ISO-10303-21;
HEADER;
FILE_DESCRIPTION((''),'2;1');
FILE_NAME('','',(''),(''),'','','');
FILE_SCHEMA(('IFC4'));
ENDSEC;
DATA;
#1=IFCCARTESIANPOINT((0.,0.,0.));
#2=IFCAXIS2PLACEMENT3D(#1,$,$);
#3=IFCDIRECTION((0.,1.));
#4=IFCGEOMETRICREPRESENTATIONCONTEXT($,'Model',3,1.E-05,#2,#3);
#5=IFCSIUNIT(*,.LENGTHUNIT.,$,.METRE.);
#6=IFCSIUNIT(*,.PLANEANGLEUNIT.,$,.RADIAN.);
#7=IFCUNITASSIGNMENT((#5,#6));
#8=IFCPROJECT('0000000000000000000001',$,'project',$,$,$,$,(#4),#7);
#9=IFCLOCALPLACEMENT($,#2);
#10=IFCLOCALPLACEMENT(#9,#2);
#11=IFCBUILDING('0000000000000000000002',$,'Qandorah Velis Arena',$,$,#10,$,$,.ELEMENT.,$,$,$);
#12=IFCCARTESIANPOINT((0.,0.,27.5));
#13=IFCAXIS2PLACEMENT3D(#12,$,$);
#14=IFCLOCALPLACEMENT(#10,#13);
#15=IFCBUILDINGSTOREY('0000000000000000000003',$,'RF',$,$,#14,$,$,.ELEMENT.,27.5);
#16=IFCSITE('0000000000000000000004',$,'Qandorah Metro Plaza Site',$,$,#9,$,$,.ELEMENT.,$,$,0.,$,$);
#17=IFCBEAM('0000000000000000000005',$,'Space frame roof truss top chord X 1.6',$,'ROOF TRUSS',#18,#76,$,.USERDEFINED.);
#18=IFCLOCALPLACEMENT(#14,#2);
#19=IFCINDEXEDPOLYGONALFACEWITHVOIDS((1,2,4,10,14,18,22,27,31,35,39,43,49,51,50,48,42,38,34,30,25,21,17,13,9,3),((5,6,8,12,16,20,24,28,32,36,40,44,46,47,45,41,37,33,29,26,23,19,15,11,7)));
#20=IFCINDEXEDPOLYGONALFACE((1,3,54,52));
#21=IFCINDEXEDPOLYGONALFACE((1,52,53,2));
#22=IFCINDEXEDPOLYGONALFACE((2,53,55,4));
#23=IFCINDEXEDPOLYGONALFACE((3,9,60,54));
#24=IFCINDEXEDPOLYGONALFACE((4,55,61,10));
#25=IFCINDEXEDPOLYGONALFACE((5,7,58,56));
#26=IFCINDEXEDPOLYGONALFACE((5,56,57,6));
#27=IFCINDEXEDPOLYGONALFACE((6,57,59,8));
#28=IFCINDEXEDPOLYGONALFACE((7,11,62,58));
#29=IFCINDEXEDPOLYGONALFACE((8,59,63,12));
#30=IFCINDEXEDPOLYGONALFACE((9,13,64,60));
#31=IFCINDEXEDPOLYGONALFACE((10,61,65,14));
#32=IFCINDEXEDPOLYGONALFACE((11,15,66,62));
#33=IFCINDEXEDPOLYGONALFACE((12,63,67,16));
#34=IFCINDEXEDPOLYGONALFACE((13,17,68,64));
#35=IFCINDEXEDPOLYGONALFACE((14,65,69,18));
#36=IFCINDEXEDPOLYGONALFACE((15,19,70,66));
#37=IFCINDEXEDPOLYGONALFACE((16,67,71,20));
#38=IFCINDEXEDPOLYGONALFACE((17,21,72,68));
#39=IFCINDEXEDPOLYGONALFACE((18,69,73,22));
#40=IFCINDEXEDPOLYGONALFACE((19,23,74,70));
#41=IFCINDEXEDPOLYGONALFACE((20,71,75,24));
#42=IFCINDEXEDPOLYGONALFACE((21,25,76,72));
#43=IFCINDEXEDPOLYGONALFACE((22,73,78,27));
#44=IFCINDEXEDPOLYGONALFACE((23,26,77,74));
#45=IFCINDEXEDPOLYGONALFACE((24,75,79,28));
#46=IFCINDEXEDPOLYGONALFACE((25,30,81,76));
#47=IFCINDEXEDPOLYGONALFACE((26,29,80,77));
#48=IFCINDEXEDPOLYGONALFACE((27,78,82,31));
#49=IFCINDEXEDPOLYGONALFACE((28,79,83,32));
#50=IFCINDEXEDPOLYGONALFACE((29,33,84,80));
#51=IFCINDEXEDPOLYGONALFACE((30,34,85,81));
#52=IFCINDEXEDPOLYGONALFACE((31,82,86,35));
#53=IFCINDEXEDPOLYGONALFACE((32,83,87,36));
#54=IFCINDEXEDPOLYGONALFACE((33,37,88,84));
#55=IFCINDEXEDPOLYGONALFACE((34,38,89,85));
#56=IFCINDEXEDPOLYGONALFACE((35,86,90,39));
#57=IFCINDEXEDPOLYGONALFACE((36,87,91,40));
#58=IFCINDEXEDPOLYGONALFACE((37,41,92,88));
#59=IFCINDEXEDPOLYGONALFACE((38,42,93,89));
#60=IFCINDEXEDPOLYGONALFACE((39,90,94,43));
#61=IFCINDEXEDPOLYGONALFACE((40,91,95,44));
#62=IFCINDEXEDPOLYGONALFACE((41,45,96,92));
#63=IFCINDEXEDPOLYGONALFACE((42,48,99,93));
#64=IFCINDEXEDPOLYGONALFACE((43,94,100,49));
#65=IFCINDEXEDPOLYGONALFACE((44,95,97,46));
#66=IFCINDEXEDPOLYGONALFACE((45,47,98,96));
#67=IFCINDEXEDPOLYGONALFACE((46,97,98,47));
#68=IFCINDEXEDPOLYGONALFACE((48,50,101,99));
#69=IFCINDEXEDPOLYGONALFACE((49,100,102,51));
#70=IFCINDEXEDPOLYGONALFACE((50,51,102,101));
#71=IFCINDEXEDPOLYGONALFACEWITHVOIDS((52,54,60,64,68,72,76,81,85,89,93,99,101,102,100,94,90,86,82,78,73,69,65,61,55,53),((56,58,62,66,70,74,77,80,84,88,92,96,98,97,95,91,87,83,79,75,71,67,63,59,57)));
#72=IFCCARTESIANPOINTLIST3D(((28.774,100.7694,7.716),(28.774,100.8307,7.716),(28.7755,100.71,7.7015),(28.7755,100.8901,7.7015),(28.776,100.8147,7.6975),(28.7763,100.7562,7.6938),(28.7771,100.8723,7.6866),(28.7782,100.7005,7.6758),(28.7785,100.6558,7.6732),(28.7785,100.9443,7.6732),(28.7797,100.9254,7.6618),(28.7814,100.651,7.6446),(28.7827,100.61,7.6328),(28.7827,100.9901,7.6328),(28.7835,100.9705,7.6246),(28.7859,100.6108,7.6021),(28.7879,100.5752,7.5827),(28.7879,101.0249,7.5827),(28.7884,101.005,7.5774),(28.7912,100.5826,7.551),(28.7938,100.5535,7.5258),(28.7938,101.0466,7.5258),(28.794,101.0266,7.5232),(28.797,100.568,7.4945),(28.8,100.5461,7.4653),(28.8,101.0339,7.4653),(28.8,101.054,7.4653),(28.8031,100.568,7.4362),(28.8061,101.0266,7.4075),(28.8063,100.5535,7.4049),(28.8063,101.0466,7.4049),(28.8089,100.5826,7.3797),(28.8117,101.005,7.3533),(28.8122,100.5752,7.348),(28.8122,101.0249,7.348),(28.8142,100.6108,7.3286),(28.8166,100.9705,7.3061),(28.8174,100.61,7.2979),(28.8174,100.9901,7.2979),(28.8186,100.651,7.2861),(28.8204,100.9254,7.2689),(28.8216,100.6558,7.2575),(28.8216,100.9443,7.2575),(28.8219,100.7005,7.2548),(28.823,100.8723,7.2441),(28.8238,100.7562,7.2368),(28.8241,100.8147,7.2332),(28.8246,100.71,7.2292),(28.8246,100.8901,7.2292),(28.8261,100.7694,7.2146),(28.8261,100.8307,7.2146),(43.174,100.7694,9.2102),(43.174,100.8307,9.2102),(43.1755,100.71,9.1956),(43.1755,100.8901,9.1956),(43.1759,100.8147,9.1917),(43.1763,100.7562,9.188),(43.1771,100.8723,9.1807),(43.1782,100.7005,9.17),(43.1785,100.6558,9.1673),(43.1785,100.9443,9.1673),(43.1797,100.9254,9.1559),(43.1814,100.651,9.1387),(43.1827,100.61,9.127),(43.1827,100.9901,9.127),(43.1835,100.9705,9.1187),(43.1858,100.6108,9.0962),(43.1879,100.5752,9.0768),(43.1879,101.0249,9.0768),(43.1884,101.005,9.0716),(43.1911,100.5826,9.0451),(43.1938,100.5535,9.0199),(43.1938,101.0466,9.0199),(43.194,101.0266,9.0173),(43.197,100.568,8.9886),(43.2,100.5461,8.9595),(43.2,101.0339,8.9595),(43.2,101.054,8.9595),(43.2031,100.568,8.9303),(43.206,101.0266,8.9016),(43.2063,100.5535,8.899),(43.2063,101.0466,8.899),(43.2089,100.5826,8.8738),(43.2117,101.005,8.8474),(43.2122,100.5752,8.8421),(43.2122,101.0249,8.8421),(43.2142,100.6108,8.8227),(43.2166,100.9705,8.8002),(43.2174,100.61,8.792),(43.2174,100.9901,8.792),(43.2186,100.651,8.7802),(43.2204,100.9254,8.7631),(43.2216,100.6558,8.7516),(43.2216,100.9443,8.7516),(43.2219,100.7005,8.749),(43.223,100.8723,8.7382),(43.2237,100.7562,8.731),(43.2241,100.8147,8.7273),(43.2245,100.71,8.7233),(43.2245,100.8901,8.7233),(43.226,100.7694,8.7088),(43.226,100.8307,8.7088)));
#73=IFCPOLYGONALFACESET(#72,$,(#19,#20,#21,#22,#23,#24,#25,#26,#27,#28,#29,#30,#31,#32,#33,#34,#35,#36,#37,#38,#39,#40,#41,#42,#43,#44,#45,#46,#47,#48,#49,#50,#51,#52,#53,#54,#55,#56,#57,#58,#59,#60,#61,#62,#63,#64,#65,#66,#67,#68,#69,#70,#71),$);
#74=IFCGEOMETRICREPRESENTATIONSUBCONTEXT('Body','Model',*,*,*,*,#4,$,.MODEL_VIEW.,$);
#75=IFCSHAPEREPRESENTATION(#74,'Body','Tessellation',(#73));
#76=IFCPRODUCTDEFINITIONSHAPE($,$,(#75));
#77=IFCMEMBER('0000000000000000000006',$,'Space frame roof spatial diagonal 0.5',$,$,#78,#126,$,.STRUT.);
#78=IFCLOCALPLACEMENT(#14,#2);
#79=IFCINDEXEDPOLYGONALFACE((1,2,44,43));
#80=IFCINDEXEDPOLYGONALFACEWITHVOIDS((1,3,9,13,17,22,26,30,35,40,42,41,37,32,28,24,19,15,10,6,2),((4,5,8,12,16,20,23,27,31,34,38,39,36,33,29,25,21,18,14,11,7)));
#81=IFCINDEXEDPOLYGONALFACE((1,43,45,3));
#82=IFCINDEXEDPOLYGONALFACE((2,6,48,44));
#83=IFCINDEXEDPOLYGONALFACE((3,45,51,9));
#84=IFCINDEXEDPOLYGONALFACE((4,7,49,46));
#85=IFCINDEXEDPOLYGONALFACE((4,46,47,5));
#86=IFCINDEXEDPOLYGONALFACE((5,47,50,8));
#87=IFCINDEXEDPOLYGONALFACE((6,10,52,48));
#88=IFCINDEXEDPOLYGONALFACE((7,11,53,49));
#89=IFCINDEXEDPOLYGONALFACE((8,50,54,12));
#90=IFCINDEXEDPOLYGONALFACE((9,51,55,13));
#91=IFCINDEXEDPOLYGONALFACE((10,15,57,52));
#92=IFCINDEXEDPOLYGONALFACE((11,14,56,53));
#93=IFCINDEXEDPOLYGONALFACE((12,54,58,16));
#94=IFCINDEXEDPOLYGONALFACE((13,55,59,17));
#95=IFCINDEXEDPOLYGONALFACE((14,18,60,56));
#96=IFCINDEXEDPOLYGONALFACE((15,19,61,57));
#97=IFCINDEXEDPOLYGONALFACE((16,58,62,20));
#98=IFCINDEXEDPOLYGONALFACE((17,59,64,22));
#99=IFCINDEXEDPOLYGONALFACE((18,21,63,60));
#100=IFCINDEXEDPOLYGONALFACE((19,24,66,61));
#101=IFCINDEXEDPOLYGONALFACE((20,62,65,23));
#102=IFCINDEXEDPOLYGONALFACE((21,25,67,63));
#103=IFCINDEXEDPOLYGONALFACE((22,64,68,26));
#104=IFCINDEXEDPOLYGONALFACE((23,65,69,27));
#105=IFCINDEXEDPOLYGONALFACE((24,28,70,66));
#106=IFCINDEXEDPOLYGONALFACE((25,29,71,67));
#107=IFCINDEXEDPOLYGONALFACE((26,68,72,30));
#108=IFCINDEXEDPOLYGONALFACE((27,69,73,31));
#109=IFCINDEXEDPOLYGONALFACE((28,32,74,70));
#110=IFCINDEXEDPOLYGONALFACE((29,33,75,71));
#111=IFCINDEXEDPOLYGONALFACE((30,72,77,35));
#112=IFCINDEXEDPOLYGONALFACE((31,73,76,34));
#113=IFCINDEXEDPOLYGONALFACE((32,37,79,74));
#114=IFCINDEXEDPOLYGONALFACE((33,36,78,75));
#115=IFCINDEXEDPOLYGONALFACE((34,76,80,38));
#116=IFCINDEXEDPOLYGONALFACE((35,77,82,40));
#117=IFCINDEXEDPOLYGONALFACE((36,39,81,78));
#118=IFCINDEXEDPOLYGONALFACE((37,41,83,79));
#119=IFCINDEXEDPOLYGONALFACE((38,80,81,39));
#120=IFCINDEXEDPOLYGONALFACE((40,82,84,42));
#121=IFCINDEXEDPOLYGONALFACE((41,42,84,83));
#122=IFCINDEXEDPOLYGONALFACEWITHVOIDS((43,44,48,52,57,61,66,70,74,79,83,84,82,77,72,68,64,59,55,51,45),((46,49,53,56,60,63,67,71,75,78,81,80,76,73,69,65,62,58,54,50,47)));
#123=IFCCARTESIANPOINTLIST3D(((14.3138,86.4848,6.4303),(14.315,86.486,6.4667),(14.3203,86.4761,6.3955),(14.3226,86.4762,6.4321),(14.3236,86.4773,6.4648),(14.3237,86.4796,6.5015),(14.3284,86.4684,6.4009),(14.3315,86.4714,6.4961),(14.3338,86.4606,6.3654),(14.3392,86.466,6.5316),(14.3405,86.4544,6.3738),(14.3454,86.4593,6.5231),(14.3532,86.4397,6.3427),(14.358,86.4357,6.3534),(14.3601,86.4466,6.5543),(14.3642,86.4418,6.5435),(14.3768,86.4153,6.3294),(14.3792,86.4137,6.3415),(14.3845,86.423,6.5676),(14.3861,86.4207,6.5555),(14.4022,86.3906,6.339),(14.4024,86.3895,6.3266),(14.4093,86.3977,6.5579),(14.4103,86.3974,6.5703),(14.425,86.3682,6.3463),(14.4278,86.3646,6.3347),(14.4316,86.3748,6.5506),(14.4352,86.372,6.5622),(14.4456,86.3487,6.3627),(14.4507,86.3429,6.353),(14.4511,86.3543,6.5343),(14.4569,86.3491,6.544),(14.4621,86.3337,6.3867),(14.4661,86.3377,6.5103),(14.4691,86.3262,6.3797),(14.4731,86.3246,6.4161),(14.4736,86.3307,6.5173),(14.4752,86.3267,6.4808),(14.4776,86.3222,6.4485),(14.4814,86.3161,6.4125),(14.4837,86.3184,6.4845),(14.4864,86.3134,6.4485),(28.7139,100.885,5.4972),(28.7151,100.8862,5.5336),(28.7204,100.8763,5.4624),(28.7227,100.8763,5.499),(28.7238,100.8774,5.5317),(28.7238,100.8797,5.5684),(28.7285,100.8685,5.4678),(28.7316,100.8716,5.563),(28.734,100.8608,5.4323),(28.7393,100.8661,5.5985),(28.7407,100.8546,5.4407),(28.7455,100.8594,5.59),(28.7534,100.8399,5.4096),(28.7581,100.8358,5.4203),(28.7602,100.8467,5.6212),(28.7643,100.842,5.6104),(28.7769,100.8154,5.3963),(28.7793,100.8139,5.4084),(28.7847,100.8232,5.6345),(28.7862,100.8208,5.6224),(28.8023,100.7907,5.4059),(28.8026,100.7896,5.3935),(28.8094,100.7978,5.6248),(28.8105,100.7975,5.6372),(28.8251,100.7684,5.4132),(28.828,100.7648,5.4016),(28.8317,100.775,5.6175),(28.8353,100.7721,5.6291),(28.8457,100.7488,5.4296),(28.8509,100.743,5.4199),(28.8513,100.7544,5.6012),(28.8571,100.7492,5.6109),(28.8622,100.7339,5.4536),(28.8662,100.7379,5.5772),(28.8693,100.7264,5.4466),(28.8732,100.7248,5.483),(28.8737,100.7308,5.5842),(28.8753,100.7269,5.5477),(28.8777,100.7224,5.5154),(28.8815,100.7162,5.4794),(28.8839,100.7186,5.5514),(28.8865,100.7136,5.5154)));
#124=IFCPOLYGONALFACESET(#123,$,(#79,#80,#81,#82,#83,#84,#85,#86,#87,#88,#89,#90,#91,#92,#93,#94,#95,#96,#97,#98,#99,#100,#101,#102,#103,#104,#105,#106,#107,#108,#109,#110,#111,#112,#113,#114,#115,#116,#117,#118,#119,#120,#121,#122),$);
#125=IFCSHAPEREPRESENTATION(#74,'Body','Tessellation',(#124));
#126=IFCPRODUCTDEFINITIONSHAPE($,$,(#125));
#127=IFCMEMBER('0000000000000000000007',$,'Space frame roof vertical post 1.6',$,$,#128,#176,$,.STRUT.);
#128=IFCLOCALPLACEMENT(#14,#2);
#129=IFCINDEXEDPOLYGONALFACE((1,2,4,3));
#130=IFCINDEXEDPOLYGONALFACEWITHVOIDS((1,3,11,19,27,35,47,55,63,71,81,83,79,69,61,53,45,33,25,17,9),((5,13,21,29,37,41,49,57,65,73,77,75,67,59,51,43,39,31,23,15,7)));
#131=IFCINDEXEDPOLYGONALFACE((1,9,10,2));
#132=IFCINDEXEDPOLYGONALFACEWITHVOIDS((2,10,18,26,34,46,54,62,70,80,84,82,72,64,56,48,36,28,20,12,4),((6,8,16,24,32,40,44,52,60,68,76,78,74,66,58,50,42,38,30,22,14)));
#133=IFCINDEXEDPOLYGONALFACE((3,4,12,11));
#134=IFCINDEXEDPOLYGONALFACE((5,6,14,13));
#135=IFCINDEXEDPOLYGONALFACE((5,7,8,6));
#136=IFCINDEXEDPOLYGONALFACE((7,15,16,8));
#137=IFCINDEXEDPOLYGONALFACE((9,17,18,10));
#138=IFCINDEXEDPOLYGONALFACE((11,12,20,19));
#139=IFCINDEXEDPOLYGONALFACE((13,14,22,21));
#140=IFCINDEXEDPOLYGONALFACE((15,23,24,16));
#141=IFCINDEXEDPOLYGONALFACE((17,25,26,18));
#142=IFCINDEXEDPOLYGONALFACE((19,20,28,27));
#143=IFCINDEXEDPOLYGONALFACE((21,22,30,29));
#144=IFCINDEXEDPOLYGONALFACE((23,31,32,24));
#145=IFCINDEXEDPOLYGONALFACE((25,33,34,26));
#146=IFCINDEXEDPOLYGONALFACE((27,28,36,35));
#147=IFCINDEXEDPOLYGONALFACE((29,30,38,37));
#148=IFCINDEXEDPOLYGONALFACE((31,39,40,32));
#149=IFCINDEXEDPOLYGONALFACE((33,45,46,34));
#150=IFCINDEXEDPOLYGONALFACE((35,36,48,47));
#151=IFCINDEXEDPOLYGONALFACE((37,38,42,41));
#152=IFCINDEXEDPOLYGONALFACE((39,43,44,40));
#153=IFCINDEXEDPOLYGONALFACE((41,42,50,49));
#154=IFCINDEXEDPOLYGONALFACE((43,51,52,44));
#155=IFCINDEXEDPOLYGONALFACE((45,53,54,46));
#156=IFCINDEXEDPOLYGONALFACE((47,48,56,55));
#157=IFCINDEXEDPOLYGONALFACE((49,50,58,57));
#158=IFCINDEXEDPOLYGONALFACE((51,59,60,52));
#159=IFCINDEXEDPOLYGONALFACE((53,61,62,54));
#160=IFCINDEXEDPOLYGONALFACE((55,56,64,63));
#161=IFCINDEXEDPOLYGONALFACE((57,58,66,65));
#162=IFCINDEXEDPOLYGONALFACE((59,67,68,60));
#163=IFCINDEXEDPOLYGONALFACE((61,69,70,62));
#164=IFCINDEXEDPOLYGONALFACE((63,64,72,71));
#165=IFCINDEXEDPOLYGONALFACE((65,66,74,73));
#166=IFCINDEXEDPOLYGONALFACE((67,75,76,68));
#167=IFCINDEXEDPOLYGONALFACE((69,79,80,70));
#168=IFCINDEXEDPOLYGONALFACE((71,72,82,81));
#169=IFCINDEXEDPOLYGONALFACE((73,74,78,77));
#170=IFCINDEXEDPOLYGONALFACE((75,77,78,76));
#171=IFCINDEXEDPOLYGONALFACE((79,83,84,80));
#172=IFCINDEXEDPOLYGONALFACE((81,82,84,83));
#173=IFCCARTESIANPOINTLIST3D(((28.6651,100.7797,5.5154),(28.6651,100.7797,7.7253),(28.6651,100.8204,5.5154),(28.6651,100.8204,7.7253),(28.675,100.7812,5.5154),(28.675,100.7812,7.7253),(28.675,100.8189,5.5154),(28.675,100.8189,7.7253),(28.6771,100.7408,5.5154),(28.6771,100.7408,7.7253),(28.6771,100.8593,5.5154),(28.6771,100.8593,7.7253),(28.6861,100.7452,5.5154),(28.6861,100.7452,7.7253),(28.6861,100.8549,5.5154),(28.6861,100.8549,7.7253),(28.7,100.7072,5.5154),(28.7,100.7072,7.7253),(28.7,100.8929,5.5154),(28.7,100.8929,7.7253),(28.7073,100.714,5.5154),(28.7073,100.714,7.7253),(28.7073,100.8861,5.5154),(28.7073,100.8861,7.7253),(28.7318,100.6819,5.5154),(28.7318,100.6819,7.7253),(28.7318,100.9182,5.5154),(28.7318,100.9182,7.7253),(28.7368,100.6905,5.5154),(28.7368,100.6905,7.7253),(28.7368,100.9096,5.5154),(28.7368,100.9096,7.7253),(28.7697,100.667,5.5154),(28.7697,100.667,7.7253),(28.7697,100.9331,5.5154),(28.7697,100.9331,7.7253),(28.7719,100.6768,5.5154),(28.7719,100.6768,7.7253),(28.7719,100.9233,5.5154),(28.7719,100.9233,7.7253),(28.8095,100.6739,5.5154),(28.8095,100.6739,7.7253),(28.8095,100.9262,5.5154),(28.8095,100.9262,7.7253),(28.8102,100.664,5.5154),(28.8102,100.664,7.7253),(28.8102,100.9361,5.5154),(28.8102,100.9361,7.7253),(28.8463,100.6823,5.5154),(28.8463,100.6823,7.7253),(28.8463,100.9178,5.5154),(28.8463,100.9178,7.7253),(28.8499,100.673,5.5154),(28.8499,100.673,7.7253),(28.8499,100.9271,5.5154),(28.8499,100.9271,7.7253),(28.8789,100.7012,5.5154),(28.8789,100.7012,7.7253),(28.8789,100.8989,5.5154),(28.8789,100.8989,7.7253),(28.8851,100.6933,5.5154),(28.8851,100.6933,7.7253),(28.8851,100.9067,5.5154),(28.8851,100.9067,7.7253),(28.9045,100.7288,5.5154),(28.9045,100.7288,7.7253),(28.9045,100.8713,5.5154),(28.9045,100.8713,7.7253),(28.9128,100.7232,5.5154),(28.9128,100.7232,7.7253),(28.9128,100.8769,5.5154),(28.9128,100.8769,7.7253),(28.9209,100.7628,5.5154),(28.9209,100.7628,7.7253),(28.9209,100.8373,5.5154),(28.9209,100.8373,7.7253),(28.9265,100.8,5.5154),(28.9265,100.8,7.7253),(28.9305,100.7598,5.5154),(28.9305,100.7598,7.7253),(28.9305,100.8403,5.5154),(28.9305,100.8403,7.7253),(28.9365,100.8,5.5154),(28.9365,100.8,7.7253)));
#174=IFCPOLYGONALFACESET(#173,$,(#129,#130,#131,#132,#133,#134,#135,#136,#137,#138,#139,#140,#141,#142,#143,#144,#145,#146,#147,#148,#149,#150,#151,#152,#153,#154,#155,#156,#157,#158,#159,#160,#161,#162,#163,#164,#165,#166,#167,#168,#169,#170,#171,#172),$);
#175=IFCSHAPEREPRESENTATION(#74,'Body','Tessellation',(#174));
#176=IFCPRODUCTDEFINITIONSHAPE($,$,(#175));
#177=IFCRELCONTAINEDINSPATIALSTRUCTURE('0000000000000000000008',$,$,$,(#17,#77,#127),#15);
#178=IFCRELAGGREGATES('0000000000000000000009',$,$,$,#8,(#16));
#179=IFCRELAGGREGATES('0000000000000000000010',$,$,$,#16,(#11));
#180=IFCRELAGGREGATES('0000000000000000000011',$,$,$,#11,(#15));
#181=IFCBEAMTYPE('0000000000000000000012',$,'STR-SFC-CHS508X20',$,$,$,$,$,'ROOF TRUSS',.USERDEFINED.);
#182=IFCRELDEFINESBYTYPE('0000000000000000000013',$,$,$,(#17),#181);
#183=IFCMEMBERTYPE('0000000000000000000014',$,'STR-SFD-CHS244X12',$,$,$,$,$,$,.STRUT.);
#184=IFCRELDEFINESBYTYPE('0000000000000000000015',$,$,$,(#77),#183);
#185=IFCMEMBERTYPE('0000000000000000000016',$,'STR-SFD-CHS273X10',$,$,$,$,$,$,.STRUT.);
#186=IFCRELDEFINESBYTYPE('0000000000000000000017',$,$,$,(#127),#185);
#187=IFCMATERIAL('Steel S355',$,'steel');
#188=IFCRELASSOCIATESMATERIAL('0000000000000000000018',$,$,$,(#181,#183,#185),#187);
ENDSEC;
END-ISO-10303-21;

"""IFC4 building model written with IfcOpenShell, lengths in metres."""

from ifc_helpers import new_model, si_unit, direction, frame, origin, origin_2d, place, context, subcontext, project, spatial, hollow_circle, extrude, material, material_profile, profile_set, type_object, element, save


model = new_model("IFC4")

# Units and contexts
model_context = context("Model", 3, precision=1e-05, world=origin(), true_north=direction((0.0, 1.0)))
body_context = subcontext(model_context, "Body", "Model", "MODEL_VIEW")
ifc_project = project(units=[si_unit("LENGTHUNIT", "METRE"), si_unit("PLANEANGLEUNIT", "RADIAN")], contexts=[model_context])

# Site, building, storey
site_placement = place(None, origin())
site = spatial("IfcSite", under=ifc_project, at=site_placement, Name="Qandorah Metro Plaza Site", CompositionType="ELEMENT", RefElevation=0.0)
building_placement = place(site_placement, origin())
building = spatial("IfcBuilding", under=site, at=building_placement, Name="Qandorah Velis Arena", CompositionType="ELEMENT")
storey_placement = place(building_placement, frame((0.0, 0.0, 27.5)))
storey = spatial("IfcBuildingStorey", under=building, at=storey_placement, Name="RF", CompositionType="ELEMENT", Elevation=27.5)

# Beam
ifc_material_1 = material(Name="Steel S355", Category="steel")
ifc_material_profile_1 = material_profile(ifc_material_1, hollow_circle(Radius=0.2539, WallThickness=0.02, at=origin_2d()), Name="CHS 508x20")
ifc_profile_set_1 = profile_set([ifc_material_profile_1], Name="Steel S355")
beam_type_1 = type_object("IfcBeamType", Name="STR-SFC-CHS508X20", ElementType="ROOF TRUSS", PredefinedType="USERDEFINED", material=ifc_profile_set_1)
beam_1_placement = place(storey_placement, frame((28.8, 100.8, 7.4653), z_axis=(0.99466, 0.0, 0.103206), x_axis=(0.0, 1.0, 0.0)))
element("IfcBeam", 1, at=beam_1_placement, inside=storey, type_object=beam_type_1, Name="Space frame roof truss top chord X 1.6", ObjectType="ROOF TRUSS", PredefinedType="USERDEFINED", context=body_context, shape_type="SweptSolid", body=[
    extrude(hollow_circle(Radius=0.2539, WallThickness=0.02, at=origin_2d()), origin(), (0.0, 0.0, 1.0), 14.4773),
])

# Members
ifc_material_profile_2 = material_profile(ifc_material_1, hollow_circle(Radius=0.1223, WallThickness=0.0125, at=origin_2d()), Name="CHS 244.5x12.5")
ifc_profile_set_2 = profile_set([ifc_material_profile_2], Name="Steel S355")
member_type_1 = type_object("IfcMemberType", Name="STR-SFD-CHS244X12", PredefinedType="STRUT", material=ifc_profile_set_2)
member_1_placement = place(storey_placement, frame((28.8, 100.8, 5.5154), z_axis=(-0.706366, -0.706366, 0.045771), x_axis=(0.707107, -0.707107, 0.0)))
element("IfcMember", 2, at=member_1_placement, inside=storey, type_object=member_type_1, Name="Space frame roof spatial diagonal 0.5", PredefinedType="STRUT", context=body_context, shape_type="SweptSolid", body=[
    extrude(hollow_circle(Radius=0.1223, WallThickness=0.0125, at=origin_2d()), origin(), (0.0, 0.0, 1.0), 20.3862),
])
ifc_material_profile_3 = material_profile(ifc_material_1, hollow_circle(Radius=0.1365, WallThickness=0.01, at=origin_2d()), Name="CHS 273x10")
ifc_profile_set_3 = profile_set([ifc_material_profile_3], Name="Steel S355")
member_type_2 = type_object("IfcMemberType", Name="STR-SFD-CHS273X10", PredefinedType="STRUT", material=ifc_profile_set_3)
member_2_placement = place(storey_placement, frame((28.8, 100.8, 5.5154), z_axis=(0.0, 0.0, 1.0), x_axis=(1.0, 0.0, 0.0)))
element("IfcMember", 3, at=member_2_placement, inside=storey, type_object=member_type_2, Name="Space frame roof vertical post 1.6", PredefinedType="STRUT", context=body_context, shape_type="SweptSolid", body=[
    extrude(hollow_circle(Radius=0.1365, WallThickness=0.01, at=origin_2d()), origin(), (0.0, 0.0, 1.0), 2.21),
])

save(model, "model.ifc")
